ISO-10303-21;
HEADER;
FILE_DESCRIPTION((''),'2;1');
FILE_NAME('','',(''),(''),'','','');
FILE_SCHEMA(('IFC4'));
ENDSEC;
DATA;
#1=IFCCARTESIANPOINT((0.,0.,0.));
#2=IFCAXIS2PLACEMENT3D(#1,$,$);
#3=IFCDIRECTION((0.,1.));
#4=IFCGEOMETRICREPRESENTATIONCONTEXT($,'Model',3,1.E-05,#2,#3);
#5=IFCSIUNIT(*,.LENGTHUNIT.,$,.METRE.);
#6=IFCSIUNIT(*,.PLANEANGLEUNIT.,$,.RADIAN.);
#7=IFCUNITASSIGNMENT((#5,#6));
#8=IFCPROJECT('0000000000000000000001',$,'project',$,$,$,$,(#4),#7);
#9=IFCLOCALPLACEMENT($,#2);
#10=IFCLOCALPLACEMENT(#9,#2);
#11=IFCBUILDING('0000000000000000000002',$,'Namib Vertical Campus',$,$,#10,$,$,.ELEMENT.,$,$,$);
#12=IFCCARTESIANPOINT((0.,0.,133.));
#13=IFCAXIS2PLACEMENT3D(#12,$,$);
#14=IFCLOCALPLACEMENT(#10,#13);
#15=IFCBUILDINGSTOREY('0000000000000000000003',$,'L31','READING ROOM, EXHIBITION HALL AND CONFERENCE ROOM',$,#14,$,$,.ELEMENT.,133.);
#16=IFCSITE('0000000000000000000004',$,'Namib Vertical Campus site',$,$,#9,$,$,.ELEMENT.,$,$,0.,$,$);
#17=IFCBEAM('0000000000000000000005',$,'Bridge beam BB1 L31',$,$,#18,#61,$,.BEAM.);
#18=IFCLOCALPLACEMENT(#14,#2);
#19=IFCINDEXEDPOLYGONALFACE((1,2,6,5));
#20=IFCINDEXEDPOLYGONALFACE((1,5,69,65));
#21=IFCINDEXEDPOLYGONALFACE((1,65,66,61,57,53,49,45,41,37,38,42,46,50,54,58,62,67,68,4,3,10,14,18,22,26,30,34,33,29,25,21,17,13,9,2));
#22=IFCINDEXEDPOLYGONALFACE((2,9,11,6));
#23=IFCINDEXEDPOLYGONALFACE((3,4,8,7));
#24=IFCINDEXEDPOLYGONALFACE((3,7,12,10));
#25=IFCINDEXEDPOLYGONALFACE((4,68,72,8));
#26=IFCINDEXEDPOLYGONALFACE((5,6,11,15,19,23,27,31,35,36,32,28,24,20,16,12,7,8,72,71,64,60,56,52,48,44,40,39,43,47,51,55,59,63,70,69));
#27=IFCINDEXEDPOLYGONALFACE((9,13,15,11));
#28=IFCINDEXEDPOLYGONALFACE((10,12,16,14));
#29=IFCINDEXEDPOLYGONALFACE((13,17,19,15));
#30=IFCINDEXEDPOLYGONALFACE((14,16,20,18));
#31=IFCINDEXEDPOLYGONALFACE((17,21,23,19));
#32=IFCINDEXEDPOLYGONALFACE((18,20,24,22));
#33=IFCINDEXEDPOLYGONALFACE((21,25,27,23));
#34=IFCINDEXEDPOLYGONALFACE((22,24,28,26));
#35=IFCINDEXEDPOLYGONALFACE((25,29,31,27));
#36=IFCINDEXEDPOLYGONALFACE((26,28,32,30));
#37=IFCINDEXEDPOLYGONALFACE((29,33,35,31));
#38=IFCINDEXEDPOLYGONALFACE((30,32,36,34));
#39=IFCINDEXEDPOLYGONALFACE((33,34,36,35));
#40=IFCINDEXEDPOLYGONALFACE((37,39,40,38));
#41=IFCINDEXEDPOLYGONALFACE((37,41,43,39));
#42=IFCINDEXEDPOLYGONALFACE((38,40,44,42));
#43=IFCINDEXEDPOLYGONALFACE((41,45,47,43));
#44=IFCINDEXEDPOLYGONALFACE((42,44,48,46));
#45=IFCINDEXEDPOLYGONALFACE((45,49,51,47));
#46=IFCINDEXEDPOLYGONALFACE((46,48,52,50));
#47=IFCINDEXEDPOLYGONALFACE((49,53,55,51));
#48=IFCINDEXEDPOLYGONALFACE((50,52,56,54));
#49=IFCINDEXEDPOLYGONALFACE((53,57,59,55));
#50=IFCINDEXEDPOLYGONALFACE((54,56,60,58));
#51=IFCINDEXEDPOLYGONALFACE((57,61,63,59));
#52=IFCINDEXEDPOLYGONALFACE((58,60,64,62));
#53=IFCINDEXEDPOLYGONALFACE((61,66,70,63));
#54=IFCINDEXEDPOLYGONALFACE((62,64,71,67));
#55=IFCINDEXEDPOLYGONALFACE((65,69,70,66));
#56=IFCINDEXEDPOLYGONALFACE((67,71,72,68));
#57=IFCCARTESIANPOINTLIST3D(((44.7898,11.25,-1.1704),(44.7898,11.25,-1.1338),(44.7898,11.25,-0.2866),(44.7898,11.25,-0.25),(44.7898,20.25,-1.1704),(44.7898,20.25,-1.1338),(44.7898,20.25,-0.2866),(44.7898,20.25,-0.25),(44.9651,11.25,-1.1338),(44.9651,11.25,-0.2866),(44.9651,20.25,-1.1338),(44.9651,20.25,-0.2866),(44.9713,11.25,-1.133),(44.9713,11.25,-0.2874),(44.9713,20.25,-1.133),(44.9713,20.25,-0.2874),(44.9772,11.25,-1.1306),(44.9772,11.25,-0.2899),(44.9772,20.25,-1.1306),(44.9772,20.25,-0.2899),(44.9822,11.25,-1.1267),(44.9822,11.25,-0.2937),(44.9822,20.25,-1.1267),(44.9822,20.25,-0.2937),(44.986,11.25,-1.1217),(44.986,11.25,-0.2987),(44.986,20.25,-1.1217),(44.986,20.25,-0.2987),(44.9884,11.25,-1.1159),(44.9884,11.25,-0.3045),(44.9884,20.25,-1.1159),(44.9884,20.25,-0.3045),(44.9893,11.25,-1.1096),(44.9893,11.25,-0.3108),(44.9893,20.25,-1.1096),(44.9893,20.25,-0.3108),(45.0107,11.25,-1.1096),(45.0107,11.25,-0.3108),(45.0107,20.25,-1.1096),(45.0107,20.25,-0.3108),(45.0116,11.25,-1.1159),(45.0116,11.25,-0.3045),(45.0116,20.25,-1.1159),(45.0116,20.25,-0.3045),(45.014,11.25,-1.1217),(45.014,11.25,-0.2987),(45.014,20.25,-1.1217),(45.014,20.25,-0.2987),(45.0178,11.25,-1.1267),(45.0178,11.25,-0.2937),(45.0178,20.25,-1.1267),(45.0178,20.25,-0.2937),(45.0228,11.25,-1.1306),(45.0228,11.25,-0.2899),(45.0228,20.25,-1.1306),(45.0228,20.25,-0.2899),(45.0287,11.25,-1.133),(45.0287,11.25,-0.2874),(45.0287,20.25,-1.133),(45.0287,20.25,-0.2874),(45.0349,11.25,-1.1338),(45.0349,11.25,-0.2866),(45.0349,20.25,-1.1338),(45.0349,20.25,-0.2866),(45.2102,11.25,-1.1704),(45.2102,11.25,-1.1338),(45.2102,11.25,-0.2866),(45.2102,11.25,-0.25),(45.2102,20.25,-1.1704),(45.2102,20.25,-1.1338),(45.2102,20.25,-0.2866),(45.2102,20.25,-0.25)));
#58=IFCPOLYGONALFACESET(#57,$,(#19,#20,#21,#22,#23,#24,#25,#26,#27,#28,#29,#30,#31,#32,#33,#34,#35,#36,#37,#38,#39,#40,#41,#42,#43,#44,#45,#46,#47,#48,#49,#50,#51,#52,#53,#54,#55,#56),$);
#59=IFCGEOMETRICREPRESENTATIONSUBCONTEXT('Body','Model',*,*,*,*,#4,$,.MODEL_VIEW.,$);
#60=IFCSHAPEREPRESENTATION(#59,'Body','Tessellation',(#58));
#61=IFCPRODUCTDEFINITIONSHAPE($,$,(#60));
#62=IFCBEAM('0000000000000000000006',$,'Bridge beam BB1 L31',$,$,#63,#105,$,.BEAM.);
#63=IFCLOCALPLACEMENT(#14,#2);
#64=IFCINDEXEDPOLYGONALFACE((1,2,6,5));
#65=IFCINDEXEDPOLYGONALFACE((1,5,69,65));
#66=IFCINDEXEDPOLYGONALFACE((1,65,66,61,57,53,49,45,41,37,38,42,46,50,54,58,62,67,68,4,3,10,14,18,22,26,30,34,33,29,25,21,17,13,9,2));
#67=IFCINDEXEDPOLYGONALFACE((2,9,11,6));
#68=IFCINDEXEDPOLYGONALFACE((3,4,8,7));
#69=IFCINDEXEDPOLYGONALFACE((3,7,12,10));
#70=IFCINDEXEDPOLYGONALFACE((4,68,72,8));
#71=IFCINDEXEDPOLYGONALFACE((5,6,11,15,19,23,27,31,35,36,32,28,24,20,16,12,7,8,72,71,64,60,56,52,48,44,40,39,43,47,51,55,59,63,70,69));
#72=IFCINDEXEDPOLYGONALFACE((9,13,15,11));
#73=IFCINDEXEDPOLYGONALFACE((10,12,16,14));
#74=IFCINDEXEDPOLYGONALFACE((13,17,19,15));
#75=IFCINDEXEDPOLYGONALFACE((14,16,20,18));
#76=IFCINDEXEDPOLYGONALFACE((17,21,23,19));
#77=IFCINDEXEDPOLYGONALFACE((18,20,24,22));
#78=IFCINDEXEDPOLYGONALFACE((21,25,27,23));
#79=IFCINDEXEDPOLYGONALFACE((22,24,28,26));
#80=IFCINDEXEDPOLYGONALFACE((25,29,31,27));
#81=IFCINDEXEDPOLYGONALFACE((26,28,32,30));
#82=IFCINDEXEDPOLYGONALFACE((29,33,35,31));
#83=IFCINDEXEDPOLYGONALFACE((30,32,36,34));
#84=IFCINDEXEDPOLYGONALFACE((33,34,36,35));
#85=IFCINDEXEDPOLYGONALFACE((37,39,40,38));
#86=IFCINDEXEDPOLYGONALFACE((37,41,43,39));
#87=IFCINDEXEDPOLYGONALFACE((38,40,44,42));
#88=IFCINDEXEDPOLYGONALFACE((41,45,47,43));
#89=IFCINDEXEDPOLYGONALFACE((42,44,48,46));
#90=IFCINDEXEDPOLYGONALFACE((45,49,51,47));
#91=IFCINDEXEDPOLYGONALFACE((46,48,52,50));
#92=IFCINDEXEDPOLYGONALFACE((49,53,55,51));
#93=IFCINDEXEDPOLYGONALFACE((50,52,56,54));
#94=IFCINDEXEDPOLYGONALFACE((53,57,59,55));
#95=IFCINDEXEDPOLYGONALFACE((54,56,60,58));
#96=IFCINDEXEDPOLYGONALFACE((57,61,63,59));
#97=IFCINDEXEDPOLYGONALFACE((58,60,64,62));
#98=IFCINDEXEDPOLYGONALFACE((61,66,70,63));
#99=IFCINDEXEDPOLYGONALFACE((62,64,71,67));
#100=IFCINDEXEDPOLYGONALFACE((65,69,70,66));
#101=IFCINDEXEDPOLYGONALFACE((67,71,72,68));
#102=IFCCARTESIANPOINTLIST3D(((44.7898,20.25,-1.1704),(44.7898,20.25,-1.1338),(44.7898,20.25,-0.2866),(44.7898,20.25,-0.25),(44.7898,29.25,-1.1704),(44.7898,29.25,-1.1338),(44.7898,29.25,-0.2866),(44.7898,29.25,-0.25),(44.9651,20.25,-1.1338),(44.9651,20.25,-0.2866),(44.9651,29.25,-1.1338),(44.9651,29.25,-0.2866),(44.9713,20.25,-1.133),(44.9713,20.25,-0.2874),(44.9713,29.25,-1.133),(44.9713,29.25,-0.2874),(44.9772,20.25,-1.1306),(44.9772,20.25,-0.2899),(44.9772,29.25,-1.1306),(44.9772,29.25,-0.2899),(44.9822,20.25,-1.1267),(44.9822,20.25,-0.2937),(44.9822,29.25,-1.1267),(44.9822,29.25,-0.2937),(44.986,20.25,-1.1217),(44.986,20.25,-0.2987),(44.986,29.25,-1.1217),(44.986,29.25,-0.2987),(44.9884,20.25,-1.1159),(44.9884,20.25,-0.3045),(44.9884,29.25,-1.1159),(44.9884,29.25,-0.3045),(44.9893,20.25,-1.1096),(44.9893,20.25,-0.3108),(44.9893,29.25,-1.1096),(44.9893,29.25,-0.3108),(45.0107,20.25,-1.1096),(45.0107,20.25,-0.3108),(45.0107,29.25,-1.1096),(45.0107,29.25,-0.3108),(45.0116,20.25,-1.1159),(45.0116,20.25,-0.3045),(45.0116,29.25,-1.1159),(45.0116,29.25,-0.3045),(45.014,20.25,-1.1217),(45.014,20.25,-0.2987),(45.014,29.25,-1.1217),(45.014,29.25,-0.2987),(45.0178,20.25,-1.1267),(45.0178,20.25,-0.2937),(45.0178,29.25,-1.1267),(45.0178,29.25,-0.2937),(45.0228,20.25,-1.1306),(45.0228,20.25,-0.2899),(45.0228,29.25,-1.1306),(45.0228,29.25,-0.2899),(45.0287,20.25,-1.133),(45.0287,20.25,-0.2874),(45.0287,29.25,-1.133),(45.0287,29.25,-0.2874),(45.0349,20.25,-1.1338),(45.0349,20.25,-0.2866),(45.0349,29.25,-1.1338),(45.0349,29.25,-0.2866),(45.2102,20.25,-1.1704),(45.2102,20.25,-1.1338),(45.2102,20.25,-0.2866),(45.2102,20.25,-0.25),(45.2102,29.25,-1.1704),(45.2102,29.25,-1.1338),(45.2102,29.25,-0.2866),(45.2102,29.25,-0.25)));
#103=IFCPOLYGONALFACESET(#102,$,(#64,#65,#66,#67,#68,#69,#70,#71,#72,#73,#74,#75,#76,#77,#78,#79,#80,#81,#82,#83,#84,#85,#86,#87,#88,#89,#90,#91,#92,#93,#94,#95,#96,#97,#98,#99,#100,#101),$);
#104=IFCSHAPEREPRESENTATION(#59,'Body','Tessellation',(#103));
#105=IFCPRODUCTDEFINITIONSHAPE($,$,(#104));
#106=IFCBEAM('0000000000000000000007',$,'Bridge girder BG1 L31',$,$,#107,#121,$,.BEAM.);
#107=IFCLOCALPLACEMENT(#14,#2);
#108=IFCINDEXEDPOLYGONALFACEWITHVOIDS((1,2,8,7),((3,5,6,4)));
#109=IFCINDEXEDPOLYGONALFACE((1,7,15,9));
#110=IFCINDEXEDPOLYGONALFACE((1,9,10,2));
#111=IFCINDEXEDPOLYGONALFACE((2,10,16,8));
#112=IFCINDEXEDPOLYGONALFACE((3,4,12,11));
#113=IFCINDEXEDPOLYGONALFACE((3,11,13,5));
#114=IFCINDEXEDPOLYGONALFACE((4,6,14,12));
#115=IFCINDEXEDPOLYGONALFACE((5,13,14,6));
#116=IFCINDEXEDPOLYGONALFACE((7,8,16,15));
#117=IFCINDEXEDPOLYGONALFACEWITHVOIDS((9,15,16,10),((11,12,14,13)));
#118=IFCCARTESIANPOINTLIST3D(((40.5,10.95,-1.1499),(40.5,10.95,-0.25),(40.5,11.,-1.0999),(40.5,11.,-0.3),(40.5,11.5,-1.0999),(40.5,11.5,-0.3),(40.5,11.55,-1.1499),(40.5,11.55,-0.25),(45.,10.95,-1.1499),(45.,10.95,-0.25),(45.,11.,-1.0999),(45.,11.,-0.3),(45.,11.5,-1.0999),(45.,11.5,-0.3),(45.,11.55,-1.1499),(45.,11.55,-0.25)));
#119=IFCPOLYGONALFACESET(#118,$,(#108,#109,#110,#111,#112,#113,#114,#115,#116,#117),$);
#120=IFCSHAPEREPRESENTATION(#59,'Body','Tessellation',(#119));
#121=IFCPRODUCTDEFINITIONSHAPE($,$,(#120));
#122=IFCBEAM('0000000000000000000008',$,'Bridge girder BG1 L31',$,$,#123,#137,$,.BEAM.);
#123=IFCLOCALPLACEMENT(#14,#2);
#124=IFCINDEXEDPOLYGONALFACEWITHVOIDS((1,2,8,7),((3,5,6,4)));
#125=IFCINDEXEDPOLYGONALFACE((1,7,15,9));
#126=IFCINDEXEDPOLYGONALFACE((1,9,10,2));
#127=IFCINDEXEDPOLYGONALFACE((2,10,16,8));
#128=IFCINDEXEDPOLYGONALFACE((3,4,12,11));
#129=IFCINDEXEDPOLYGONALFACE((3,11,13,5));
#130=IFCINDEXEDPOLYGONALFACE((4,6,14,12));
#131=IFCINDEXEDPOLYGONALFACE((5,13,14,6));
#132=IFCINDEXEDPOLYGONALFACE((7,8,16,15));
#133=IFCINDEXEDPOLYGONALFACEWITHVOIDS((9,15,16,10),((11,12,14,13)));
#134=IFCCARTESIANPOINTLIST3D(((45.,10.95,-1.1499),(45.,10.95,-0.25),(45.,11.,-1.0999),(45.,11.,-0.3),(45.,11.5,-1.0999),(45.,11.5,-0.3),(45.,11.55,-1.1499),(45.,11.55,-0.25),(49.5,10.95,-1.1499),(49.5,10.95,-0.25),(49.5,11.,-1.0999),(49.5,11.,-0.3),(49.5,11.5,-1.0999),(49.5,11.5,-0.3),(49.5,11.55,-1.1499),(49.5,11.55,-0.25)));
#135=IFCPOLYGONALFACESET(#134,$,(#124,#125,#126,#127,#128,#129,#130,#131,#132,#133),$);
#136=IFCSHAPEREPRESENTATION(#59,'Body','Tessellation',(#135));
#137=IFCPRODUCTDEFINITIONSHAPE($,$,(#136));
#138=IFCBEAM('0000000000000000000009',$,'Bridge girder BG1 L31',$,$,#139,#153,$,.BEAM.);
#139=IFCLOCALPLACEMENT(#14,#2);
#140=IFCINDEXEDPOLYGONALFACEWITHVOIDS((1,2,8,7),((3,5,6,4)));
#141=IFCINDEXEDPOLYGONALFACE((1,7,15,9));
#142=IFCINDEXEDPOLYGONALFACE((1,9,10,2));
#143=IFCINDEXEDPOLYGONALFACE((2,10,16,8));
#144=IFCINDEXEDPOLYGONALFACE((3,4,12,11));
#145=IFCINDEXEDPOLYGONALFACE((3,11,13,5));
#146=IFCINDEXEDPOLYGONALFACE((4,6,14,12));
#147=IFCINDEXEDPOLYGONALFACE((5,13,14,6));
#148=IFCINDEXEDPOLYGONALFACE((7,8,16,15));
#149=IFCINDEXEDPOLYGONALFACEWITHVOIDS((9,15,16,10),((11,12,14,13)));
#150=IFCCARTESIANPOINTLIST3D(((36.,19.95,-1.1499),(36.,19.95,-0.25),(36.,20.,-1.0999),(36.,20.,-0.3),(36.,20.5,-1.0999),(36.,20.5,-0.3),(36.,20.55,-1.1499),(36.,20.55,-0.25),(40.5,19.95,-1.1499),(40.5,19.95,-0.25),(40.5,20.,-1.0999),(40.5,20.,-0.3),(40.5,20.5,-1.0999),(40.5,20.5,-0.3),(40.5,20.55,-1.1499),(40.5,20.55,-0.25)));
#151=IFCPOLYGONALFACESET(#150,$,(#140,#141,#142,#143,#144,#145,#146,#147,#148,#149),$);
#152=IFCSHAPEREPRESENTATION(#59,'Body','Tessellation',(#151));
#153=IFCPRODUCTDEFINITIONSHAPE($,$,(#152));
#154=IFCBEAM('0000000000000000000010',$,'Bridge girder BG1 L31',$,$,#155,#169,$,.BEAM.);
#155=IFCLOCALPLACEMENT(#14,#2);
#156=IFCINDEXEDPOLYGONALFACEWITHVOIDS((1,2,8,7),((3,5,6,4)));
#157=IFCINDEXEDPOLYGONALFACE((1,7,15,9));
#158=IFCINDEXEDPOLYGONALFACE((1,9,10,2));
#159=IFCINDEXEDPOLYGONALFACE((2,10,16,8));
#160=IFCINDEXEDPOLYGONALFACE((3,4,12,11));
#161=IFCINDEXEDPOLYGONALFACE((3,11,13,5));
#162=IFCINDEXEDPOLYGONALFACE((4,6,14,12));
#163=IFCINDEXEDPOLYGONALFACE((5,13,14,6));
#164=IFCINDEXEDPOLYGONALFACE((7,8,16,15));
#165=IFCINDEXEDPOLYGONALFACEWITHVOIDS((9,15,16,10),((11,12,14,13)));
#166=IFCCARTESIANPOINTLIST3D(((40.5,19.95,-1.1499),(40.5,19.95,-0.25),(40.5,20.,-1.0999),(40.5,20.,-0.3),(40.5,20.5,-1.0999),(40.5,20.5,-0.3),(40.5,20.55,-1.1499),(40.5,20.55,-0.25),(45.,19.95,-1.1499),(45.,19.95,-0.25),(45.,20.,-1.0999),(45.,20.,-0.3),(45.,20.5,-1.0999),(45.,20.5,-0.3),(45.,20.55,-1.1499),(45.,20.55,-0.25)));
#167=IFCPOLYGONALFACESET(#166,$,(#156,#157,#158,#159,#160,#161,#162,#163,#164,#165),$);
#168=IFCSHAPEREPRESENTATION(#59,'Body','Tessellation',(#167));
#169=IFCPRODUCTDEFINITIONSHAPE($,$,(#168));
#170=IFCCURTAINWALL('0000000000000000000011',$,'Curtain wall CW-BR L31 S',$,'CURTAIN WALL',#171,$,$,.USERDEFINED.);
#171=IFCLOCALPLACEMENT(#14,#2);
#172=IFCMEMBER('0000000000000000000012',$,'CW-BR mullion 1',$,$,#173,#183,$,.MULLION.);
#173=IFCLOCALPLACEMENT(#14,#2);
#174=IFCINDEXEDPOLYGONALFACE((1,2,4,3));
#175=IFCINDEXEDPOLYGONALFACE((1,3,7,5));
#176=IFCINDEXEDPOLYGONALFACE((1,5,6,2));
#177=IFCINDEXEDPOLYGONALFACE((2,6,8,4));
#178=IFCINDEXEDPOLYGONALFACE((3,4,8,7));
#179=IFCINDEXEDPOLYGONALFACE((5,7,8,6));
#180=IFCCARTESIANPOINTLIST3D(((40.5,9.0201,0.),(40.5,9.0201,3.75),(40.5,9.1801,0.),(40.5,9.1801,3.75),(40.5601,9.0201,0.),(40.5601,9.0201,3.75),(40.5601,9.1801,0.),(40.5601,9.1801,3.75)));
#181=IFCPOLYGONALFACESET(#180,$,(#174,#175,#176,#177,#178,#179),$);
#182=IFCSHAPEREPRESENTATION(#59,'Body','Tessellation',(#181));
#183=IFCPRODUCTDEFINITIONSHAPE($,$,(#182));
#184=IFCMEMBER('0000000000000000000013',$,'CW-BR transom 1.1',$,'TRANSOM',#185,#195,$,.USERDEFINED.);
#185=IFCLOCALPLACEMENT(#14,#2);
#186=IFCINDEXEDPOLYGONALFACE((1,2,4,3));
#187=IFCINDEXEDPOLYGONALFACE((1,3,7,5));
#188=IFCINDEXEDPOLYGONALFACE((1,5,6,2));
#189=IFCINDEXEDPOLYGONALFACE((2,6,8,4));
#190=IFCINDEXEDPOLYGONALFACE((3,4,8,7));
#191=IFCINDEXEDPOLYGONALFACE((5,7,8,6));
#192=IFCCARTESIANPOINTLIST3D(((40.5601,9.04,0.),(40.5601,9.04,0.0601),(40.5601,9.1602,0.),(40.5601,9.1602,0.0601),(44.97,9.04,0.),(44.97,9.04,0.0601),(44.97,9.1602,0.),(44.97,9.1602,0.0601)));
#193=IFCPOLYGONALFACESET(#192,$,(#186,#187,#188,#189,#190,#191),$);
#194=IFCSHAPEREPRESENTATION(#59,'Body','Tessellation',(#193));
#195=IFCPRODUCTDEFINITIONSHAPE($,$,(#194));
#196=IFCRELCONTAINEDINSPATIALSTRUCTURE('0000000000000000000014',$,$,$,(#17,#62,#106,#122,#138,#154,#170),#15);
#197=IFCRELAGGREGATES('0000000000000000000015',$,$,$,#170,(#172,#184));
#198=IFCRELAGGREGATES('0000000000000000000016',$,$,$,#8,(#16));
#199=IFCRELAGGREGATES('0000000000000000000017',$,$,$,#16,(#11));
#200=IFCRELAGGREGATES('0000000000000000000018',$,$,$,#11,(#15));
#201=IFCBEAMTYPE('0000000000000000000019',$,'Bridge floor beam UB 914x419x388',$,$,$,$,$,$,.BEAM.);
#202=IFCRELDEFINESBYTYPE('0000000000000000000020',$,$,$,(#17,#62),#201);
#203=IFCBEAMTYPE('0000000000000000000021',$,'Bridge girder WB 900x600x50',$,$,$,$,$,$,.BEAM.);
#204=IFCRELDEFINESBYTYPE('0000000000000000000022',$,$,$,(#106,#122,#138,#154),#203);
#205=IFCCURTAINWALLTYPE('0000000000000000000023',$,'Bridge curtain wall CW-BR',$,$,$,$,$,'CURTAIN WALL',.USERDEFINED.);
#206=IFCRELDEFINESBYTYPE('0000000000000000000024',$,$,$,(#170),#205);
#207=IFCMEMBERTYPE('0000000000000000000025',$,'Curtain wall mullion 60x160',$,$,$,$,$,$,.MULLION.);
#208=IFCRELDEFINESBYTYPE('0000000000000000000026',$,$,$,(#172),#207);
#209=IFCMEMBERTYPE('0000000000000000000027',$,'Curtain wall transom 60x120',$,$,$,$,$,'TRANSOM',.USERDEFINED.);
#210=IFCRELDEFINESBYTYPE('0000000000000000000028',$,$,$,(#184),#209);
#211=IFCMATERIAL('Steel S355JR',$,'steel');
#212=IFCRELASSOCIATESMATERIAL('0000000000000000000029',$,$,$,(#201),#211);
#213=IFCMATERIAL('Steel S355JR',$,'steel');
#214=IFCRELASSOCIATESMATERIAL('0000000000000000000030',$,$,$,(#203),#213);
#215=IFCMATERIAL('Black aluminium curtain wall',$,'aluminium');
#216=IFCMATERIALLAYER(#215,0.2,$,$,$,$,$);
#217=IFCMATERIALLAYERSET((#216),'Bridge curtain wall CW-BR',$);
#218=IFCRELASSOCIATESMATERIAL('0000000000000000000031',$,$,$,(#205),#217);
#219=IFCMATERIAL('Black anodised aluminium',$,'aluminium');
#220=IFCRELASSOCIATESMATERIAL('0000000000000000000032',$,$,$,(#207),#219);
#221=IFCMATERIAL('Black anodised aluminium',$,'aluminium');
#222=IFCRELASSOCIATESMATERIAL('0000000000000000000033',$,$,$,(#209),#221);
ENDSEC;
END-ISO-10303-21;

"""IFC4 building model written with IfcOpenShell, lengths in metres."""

from ifc_helpers import new_model, si_unit, direction, frame, origin, origin_2d, place, context, subcontext, project, spatial, rectangle, hollow_rectangle, i_section, extrude, material, layer, layer_set, material_profile, profile_set, type_object, element, aggregate, save


model = new_model("IFC4")

# Units and contexts
model_context = context("Model", 3, precision=1e-05, world=origin(), true_north=direction((0.0, 1.0)))
body_context = subcontext(model_context, "Body", "Model", "MODEL_VIEW")
ifc_project = project(units=[si_unit("LENGTHUNIT", "METRE"), si_unit("PLANEANGLEUNIT", "RADIAN")], contexts=[model_context])

# Site, building, storey
site_placement = place(None, origin())
site = spatial("IfcSite", under=ifc_project, at=site_placement, Name="Namib Vertical Campus site", CompositionType="ELEMENT", RefElevation=0.0)
building_placement = place(site_placement, origin())
building = spatial("IfcBuilding", under=site, at=building_placement, Name="Namib Vertical Campus", CompositionType="ELEMENT")
storey_placement = place(building_placement, frame((0.0, 0.0, 133.0)))
storey = spatial("IfcBuildingStorey", under=building, at=storey_placement, Name="L31", Description="READING ROOM, EXHIBITION HALL AND CONFERENCE ROOM", CompositionType="ELEMENT", Elevation=133.0)

# Beams
ifc_material_1 = material(Name="Steel S355JR", Category="steel")
ifc_material_profile_1 = material_profile(ifc_material_1, i_section(OverallWidth=0.4204, OverallDepth=0.9204, WebThickness=0.0215, FlangeThickness=0.0366, FilletRadius=0.0242, at=origin_2d()))
ifc_profile_set_1 = profile_set([ifc_material_profile_1], Name="Steel S355JR")
beam_type_1 = type_object("IfcBeamType", Name="Bridge floor beam UB 914x419x388", PredefinedType="BEAM", material=ifc_profile_set_1)
for number, where, z_axis, x_axis, name in (
    (1, (45.0, 11.25, -0.7102), (0.0, 1.0, 0.0), (-1.0, 0.0, 0.0), "Bridge beam BB1 L31"),
    (2, (45.0, 20.25, -0.7102), (0.0, 1.0, 0.0), (-1.0, 0.0, 0.0), "Bridge beam BB1 L31"),
):
    element("IfcBeam", number, at=place(storey_placement, frame(where, z_axis=z_axis, x_axis=x_axis)), inside=storey, type_object=beam_type_1, Name=name, PredefinedType="BEAM", context=body_context, shape_type="SweptSolid", body=[
        extrude(i_section(OverallWidth=0.4204, OverallDepth=0.9204, WebThickness=0.0215, FlangeThickness=0.0366, FilletRadius=0.0242, at=origin_2d()), origin(), (0.0, 0.0, 1.0), 9.0),
    ])
ifc_material_2 = material(Name="Steel S355JR", Category="steel")
ifc_material_profile_2 = material_profile(ifc_material_2, hollow_rectangle(XDim=0.6001, YDim=0.8999, WallThickness=0.05, at=origin_2d()))
ifc_profile_set_2 = profile_set([ifc_material_profile_2], Name="Steel S355JR")
beam_type_2 = type_object("IfcBeamType", Name="Bridge girder WB 900x600x50", PredefinedType="BEAM", material=ifc_profile_set_2)
for number, where, z_axis, x_axis, name in (
    (3, (40.5, 11.25, -0.7), (1.0, 0.0, 0.0), (0.0, 1.0, 0.0), "Bridge girder BG1 L31"),
    (4, (45.0, 11.25, -0.7), (1.0, 0.0, 0.0), (0.0, 1.0, 0.0), "Bridge girder BG1 L31"),
    (5, (36.0, 20.25, -0.7), (1.0, 0.0, 0.0), (0.0, 1.0, 0.0), "Bridge girder BG1 L31"),
    (6, (40.5, 20.25, -0.7), (1.0, 0.0, 0.0), (0.0, 1.0, 0.0), "Bridge girder BG1 L31"),
):
    element("IfcBeam", number, at=place(storey_placement, frame(where, z_axis=z_axis, x_axis=x_axis)), inside=storey, type_object=beam_type_2, Name=name, PredefinedType="BEAM", context=body_context, shape_type="SweptSolid", body=[
        extrude(hollow_rectangle(XDim=0.6001, YDim=0.8999, WallThickness=0.05, at=origin_2d()), origin(), (0.0, 0.0, 1.0), 4.5),
    ])

# Curtain wall, members
ifc_material_3 = material(Name="Black aluminium curtain wall", Category="aluminium")
ifc_layer_1 = layer(ifc_material_3, 0.2)
ifc_layer_set_1 = layer_set([ifc_layer_1], Name="Bridge curtain wall CW-BR")
curtain_wall_type = type_object("IfcCurtainWallType", Name="Bridge curtain wall CW-BR", ElementType="CURTAIN WALL", PredefinedType="USERDEFINED", material=ifc_layer_set_1)
curtain_wall_placement = place(storey_placement, origin())
curtain_wall = element("IfcCurtainWall", 7, at=curtain_wall_placement, inside=storey, type_object=curtain_wall_type, Name="Curtain wall CW-BR L31 S", ObjectType="CURTAIN WALL", PredefinedType="USERDEFINED")
ifc_material_4 = material(Name="Black anodised aluminium", Category="aluminium")
ifc_material_profile_3 = material_profile(ifc_material_4, rectangle(XDim=0.0601, YDim=0.1599, at=origin_2d()))
ifc_profile_set_3 = profile_set([ifc_material_profile_3], Name="Black anodised aluminium")
member_type_1 = type_object("IfcMemberType", Name="Curtain wall mullion 60x160", PredefinedType="MULLION", material=ifc_profile_set_3)
member_1_placement = place(storey_placement, frame((40.53, 9.1001, 0.0), z_axis=(0.0, 0.0, 1.0), x_axis=(1.0, 0.0, 0.0)))
member_1 = element("IfcMember", 8, at=member_1_placement, type_object=member_type_1, Name="CW-BR mullion 1", PredefinedType="MULLION", context=body_context, shape_type="SweptSolid", body=[
    extrude(rectangle(XDim=0.0601, YDim=0.1599, at=origin_2d()), origin(), (0.0, 0.0, 1.0), 3.75),
])
ifc_material_5 = material(Name="Black anodised aluminium", Category="aluminium")
ifc_material_profile_4 = material_profile(ifc_material_5, rectangle(XDim=0.0601, YDim=0.1201, at=origin_2d()))
ifc_profile_set_4 = profile_set([ifc_material_profile_4], Name="Black anodised aluminium")
member_type_2 = type_object("IfcMemberType", Name="Curtain wall transom 60x120", ElementType="TRANSOM", PredefinedType="USERDEFINED", material=ifc_profile_set_4)
member_2_placement = place(storey_placement, frame((40.5601, 9.1001, 0.03), z_axis=(1.0, 0.0, 0.0), x_axis=(0.0, 0.0, 1.0)))
member_2 = element("IfcMember", 9, at=member_2_placement, type_object=member_type_2, Name="CW-BR transom 1.1", ObjectType="TRANSOM", PredefinedType="USERDEFINED", context=body_context, shape_type="SweptSolid", body=[
    extrude(rectangle(XDim=0.0601, YDim=0.1201, at=origin_2d()), origin(), (0.0, 0.0, 1.0), 4.4099),
])

aggregate(curtain_wall, [member_1, member_2])

save(model, "model.ifc")
